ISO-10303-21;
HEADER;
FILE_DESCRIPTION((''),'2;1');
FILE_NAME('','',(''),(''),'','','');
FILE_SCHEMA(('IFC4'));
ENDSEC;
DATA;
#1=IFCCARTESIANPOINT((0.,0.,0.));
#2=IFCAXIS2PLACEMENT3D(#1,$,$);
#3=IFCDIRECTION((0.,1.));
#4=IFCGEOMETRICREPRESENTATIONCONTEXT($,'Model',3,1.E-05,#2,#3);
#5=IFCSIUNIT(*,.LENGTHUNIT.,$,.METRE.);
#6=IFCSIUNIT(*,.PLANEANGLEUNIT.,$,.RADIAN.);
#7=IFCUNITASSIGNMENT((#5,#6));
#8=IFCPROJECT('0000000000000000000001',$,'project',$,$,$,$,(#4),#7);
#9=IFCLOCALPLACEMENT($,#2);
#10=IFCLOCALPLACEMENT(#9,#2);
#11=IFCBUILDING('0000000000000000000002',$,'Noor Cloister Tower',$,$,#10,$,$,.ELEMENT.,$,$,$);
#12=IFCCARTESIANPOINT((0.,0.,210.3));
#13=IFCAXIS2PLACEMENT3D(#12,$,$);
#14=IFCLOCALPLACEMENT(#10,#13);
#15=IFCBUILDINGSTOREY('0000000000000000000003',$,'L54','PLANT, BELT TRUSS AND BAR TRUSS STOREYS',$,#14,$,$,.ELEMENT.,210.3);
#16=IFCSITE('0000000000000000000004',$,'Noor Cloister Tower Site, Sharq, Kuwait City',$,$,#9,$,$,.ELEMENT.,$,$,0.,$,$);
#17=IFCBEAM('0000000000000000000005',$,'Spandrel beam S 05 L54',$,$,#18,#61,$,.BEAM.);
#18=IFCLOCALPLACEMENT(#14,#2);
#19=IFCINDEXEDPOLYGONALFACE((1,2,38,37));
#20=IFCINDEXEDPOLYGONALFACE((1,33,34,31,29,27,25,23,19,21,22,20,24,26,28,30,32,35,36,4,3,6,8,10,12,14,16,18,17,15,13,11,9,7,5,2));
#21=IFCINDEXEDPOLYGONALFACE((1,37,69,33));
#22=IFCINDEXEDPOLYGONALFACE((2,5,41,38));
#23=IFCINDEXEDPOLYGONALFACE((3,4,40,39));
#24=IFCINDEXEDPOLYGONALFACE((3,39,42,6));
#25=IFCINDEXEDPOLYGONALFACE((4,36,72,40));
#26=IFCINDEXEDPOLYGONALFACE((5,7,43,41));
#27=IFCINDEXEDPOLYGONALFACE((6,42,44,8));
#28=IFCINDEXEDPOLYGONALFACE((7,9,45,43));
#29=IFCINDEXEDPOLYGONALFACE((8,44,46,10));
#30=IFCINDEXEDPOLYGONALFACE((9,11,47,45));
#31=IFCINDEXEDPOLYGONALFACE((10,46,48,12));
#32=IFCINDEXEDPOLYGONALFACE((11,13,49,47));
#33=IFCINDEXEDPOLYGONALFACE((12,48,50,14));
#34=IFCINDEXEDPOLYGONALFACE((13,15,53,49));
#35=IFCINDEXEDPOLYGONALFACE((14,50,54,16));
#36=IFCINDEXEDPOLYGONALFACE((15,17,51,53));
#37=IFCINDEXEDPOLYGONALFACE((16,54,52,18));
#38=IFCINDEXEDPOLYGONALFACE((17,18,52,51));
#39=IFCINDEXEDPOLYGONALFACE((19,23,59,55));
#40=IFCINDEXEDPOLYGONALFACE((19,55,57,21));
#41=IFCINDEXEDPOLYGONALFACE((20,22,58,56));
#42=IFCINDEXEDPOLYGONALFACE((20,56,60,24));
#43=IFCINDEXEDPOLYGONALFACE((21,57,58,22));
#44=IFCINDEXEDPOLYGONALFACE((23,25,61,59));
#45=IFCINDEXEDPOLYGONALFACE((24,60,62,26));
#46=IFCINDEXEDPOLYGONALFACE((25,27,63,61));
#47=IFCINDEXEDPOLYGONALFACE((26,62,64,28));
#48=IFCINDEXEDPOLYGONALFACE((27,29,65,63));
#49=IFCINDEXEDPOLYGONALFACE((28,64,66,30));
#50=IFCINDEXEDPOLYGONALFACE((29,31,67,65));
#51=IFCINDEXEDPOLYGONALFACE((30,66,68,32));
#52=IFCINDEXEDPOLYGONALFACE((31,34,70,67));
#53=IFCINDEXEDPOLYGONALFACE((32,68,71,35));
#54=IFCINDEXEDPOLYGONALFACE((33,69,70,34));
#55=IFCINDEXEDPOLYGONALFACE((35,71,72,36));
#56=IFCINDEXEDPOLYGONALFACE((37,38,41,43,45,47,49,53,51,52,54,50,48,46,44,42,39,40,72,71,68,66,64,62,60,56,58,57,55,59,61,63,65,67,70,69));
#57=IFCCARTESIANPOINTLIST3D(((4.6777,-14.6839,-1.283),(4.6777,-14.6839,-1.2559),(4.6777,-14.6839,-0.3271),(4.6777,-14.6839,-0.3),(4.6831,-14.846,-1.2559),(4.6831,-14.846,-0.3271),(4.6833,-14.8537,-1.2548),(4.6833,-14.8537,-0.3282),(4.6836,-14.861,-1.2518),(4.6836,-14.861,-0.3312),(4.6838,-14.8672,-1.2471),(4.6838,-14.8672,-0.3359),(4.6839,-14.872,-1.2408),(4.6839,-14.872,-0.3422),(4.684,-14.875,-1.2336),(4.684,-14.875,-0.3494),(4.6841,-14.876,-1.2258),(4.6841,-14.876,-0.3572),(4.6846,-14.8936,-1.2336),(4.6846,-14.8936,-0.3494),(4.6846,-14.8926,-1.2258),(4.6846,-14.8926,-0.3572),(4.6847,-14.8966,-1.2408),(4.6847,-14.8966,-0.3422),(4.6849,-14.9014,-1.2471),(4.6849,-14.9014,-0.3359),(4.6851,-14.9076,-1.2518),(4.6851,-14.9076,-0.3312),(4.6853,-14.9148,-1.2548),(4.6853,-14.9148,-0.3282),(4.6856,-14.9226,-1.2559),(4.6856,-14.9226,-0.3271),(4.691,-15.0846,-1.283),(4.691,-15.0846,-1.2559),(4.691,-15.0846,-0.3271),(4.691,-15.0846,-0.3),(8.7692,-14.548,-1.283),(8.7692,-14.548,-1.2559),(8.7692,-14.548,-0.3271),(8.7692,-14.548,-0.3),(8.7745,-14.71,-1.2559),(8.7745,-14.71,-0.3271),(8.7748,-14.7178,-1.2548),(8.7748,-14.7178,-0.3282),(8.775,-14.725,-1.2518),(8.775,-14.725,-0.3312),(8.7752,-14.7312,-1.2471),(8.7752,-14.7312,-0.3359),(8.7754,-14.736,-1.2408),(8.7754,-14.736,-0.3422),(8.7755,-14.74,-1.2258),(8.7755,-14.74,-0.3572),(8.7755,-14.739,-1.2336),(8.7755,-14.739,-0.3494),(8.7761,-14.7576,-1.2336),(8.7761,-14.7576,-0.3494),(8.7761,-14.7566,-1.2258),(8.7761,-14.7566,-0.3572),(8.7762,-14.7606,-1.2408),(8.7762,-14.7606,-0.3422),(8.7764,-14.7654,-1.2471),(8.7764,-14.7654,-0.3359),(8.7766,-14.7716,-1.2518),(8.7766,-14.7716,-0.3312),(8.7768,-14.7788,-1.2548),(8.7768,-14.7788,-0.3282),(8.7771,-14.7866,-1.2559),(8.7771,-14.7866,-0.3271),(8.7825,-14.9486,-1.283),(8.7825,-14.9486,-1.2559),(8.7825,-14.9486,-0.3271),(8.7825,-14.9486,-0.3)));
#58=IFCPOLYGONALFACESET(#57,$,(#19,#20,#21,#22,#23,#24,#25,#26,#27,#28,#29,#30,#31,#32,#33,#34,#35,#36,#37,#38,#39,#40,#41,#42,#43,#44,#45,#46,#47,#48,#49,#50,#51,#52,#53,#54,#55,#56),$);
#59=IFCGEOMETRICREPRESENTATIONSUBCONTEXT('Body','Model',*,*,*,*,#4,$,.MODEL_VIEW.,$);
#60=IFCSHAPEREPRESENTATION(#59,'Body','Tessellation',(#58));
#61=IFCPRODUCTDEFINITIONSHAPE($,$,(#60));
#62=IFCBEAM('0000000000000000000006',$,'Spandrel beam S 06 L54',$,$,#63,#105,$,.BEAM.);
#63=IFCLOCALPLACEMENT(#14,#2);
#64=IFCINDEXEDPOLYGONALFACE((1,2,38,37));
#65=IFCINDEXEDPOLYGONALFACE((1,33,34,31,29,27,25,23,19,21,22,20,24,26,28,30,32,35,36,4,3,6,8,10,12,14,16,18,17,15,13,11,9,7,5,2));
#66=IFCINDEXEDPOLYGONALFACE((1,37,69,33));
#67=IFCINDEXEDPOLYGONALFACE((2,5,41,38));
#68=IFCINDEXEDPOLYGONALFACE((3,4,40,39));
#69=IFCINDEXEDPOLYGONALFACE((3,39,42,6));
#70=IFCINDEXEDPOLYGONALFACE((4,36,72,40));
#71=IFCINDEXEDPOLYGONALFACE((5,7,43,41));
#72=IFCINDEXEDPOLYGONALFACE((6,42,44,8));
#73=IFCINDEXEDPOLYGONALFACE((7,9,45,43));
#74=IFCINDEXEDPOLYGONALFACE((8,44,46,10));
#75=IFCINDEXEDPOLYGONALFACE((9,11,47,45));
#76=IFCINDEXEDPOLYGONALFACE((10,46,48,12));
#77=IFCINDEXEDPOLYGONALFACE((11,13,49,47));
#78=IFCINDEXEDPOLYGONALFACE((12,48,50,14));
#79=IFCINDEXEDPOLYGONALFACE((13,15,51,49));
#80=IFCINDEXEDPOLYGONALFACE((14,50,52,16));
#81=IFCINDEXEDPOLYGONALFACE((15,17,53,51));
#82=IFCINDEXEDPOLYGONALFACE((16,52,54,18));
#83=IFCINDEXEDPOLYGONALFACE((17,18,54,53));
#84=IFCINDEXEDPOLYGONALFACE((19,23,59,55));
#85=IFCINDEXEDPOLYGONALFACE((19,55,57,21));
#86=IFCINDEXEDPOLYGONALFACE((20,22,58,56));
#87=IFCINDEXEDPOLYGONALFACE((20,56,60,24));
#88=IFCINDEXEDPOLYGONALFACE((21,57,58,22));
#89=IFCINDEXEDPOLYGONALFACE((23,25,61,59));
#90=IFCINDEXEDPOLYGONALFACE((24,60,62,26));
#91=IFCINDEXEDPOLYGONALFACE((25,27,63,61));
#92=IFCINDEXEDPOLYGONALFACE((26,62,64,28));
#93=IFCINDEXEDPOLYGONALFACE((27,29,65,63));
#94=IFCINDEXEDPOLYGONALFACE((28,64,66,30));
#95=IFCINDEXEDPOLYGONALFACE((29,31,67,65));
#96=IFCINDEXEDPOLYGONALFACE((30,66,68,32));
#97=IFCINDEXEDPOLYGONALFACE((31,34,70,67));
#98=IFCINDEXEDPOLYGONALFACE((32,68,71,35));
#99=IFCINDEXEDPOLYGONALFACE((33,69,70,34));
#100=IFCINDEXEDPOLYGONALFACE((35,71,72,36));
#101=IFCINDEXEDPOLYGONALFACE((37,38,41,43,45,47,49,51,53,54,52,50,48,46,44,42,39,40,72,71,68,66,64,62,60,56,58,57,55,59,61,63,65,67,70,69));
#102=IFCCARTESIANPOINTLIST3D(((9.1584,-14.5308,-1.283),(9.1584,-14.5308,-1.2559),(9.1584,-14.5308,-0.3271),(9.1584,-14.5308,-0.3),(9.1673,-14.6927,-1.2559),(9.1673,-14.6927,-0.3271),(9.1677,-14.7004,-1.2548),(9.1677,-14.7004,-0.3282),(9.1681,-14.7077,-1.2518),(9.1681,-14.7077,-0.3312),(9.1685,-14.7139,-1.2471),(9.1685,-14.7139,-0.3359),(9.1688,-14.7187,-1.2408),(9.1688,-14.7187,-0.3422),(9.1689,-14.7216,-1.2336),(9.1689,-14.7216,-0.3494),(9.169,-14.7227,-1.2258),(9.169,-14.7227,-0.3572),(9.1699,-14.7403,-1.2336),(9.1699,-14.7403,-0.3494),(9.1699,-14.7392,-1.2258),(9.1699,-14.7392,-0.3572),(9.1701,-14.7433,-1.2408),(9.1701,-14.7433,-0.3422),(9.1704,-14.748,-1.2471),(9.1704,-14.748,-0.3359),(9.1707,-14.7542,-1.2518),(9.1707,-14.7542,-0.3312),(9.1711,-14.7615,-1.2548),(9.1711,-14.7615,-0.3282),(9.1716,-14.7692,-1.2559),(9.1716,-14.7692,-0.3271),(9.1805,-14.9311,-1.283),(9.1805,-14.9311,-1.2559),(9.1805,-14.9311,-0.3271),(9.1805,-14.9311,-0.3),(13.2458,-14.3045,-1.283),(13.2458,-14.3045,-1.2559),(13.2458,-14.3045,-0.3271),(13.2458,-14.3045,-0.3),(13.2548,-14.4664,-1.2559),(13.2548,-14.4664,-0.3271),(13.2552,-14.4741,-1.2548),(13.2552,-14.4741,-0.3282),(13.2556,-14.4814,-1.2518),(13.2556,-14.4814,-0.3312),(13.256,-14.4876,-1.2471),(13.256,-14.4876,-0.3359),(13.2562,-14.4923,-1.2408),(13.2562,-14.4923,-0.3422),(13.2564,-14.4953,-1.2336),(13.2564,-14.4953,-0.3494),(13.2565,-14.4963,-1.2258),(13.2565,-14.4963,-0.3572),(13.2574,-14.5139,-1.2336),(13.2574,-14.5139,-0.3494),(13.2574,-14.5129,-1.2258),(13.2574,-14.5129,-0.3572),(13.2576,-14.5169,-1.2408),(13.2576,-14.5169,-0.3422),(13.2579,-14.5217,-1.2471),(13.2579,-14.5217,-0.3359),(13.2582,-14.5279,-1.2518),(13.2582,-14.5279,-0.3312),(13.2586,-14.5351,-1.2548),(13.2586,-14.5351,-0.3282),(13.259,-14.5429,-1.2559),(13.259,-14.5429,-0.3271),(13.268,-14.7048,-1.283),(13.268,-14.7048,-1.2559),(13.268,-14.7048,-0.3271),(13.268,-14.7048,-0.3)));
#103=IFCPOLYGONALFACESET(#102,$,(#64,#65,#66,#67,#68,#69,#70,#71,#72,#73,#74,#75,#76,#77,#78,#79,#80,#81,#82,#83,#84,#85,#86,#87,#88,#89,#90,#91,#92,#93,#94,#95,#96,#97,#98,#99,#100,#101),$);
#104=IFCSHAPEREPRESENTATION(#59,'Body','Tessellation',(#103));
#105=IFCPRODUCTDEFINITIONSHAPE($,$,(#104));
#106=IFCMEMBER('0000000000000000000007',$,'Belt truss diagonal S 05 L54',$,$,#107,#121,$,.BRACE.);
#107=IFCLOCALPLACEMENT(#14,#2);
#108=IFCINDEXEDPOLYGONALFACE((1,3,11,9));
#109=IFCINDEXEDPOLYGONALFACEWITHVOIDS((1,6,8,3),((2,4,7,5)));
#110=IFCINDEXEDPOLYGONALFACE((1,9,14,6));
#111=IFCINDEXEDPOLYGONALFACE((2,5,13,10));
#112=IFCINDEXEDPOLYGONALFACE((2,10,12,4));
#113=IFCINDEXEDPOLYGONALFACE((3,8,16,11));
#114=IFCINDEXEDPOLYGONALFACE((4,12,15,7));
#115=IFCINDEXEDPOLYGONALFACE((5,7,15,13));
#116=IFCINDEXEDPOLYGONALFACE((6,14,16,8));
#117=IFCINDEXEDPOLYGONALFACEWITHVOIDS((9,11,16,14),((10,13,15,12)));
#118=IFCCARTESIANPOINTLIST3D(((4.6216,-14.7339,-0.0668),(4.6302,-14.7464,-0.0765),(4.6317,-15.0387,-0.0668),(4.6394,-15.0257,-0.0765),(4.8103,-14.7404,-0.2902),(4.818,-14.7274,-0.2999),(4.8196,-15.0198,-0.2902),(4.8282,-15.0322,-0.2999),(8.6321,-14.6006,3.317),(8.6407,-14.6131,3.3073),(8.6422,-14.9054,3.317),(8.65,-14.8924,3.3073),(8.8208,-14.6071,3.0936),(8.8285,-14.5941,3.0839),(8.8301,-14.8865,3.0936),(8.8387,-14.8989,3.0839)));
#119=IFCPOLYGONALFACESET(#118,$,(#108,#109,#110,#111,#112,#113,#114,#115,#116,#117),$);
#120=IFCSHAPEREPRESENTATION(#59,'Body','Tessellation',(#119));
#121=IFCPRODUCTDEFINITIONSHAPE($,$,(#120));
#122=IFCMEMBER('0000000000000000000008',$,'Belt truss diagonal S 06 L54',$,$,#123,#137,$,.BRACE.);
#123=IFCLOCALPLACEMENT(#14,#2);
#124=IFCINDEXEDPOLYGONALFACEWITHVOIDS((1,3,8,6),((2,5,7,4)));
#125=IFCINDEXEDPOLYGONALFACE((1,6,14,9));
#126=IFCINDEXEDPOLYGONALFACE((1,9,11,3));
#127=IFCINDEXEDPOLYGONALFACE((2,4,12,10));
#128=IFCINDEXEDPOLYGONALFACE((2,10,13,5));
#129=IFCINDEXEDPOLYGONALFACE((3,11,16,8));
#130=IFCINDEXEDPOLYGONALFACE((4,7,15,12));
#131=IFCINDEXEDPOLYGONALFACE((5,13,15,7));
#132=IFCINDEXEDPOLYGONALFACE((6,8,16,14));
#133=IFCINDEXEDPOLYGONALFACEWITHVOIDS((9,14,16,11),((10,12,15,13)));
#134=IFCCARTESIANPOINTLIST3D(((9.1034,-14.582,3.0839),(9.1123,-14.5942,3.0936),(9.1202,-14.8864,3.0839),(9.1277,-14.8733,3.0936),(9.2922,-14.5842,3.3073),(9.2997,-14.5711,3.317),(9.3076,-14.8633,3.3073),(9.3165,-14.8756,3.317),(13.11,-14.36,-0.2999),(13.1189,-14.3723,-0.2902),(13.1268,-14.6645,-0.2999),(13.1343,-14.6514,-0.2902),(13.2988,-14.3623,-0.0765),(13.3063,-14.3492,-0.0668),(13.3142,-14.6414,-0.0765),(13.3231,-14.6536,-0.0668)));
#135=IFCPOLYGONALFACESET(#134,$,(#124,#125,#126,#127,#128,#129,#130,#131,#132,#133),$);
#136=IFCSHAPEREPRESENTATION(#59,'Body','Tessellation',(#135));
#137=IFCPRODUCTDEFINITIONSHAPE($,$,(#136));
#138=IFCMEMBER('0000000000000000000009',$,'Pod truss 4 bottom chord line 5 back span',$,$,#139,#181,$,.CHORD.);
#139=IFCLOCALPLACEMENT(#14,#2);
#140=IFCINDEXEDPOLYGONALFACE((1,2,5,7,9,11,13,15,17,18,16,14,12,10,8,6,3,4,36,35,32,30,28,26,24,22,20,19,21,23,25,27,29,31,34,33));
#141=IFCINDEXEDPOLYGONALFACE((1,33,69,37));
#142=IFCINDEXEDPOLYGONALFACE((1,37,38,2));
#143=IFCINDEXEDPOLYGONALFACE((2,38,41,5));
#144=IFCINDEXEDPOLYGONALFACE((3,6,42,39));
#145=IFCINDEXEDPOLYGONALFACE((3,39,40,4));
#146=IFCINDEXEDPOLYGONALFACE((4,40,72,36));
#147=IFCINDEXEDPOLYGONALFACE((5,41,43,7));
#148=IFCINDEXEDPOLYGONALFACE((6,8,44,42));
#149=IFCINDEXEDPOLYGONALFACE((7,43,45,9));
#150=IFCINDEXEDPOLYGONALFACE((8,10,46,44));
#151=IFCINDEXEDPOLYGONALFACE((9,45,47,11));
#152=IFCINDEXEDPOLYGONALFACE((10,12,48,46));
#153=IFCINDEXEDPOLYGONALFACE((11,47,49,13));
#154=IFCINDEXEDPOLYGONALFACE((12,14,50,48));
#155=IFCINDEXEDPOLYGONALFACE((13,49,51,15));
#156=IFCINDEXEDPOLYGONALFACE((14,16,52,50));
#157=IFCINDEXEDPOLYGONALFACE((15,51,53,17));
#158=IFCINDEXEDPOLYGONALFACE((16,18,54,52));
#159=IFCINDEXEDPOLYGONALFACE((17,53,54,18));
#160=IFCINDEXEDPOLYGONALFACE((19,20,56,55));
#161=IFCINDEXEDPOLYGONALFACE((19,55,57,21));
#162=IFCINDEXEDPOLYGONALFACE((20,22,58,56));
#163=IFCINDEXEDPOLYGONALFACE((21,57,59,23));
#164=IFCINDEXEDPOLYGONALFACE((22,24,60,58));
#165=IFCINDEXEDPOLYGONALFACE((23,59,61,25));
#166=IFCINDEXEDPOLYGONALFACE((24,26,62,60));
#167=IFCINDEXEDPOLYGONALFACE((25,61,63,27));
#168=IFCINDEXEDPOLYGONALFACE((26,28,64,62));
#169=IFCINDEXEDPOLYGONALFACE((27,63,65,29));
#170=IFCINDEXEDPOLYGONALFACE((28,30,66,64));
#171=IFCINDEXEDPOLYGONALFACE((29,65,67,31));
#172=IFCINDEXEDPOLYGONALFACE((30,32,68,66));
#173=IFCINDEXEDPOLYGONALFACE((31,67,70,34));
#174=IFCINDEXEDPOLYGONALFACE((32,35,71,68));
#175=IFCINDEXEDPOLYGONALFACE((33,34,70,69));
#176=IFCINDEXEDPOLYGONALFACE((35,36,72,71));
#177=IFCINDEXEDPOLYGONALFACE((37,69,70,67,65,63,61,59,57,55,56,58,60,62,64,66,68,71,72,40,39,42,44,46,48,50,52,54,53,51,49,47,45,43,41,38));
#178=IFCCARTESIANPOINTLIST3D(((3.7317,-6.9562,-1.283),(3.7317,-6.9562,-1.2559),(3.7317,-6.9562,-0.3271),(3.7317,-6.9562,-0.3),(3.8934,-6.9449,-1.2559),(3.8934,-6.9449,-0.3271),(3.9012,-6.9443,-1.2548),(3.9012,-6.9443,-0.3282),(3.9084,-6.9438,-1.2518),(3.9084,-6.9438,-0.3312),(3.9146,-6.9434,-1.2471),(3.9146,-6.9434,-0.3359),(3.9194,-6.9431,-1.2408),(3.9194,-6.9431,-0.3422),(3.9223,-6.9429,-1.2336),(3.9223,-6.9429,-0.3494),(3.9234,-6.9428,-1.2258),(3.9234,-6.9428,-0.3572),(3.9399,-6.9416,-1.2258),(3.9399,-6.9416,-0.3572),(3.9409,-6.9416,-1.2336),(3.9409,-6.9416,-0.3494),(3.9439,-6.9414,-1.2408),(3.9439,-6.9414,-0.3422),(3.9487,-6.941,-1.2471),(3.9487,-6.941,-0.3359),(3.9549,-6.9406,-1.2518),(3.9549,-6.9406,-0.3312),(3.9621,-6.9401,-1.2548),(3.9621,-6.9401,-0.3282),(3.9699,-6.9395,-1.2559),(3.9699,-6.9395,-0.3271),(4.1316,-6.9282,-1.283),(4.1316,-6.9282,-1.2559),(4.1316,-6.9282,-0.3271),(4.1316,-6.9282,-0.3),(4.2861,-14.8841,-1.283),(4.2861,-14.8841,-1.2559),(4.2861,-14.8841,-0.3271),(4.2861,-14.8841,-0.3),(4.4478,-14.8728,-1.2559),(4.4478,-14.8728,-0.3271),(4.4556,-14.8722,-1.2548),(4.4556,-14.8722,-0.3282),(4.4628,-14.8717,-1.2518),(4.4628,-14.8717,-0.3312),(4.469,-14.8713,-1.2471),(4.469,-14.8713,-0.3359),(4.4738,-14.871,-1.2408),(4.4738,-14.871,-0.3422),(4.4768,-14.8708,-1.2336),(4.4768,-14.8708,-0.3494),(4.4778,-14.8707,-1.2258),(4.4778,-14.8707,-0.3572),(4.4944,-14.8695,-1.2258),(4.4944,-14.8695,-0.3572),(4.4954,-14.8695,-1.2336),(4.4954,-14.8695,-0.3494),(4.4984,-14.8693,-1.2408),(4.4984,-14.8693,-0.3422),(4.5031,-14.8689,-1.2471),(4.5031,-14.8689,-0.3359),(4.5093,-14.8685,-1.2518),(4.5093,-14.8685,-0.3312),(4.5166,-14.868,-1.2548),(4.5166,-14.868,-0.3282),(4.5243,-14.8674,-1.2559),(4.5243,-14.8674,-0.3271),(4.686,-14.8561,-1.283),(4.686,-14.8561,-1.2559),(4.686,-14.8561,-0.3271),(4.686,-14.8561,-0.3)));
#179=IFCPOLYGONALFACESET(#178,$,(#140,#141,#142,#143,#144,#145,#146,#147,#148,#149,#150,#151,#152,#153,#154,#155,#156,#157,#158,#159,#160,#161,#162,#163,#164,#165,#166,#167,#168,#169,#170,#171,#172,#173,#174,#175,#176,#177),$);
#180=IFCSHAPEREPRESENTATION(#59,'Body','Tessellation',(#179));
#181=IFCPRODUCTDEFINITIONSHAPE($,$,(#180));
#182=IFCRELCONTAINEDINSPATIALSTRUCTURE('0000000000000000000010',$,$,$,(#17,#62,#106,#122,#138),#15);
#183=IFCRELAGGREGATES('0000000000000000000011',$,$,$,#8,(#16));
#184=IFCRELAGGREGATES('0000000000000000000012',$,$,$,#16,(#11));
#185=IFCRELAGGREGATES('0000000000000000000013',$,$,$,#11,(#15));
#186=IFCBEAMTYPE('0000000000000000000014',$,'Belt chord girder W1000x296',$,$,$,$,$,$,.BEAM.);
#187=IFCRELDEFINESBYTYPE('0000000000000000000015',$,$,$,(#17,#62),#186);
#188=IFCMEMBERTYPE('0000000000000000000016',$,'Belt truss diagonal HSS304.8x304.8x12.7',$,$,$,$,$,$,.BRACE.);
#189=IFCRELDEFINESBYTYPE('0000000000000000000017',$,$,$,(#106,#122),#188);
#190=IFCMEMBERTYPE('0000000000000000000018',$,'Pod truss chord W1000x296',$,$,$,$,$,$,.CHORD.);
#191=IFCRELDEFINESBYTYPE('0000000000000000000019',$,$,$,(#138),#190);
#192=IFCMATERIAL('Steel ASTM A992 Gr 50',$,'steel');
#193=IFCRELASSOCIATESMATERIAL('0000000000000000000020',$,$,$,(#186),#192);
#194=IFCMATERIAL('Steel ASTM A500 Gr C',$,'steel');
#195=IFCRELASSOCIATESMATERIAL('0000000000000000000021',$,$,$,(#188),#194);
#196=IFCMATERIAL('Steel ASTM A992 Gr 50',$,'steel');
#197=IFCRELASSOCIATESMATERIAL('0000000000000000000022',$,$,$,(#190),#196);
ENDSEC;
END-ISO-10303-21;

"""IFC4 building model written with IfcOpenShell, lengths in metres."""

from ifc_helpers import new_model, si_unit, direction, frame, origin, origin_2d, place, context, subcontext, project, spatial, hollow_rectangle, i_section, extrude, material, material_profile, profile_set, type_object, element, save


model = new_model("IFC4")

# Units and contexts
model_context = context("Model", 3, precision=1e-05, world=origin(), true_north=direction((0.0, 1.0)))
body_context = subcontext(model_context, "Body", "Model", "MODEL_VIEW")
ifc_project = project(units=[si_unit("LENGTHUNIT", "METRE"), si_unit("PLANEANGLEUNIT", "RADIAN")], contexts=[model_context])

# Site, building, storey
site_placement = place(None, origin())
site = spatial("IfcSite", under=ifc_project, at=site_placement, Name="Noor Cloister Tower Site, Sharq, Kuwait City", CompositionType="ELEMENT", RefElevation=0.0)
building_placement = place(site_placement, origin())
building = spatial("IfcBuilding", under=site, at=building_placement, Name="Noor Cloister Tower", CompositionType="ELEMENT")
storey_placement = place(building_placement, frame((0.0, 0.0, 210.3)))
storey = spatial("IfcBuildingStorey", under=building, at=storey_placement, Name="L54", Description="PLANT, BELT TRUSS AND BAR TRUSS STOREYS", CompositionType="ELEMENT", Elevation=210.3)

# Beams
ifc_material_1 = material(Name="Steel ASTM A992 Gr 50", Category="steel")
ifc_material_profile_1 = material_profile(ifc_material_1, i_section(OverallWidth=0.4009, OverallDepth=0.9829, WebThickness=0.0166, FlangeThickness=0.0271, FilletRadius=0.03, at=origin_2d()), Name="W1000x296")
ifc_profile_set_1 = profile_set([ifc_material_profile_1], Name="Steel ASTM A992 Gr 50")
beam_type_1 = type_object("IfcBeamType", Name="Belt chord girder W1000x296", PredefinedType="BEAM", material=ifc_profile_set_1)
for number, where, z_axis, x_axis, name in (
    (1, (4.6843, -14.8843, -0.7915), (0.999448, 0.033218, 0.0), (-0.033218, 0.999448, 0.0), "Spandrel beam S 05 L54"),
    (2, (9.1694, -14.731, -0.7915), (0.998471, 0.055285, 0.0), (-0.055285, 0.998471, 0.0), "Spandrel beam S 06 L54"),
):
    element("IfcBeam", number, at=place(storey_placement, frame(where, z_axis=z_axis, x_axis=x_axis)), inside=storey, type_object=beam_type_1, Name=name, PredefinedType="BEAM", context=body_context, shape_type="SweptSolid", body=[
        extrude(i_section(OverallWidth=0.4009, OverallDepth=0.9829, WebThickness=0.0166, FlangeThickness=0.0271, FilletRadius=0.03, at=origin_2d()), origin(), (0.0, 0.0, 1.0), 4.0938),
    ])

# Members
ifc_material_2 = material(Name="Steel ASTM A500 Gr C", Category="steel")
ifc_material_profile_2 = material_profile(ifc_material_2, hollow_rectangle(XDim=0.3049, YDim=0.3049, WallThickness=0.0127, at=origin_2d()), Name="HSS304.8x304.8x12.7")
ifc_profile_set_2 = profile_set([ifc_material_profile_2], Name="Steel ASTM A500 Gr C")
member_type_1 = type_object("IfcMemberType", Name="Belt truss diagonal HSS304.8x304.8x12.7", PredefinedType="BRACE", material=ifc_profile_set_2)
for number, where, z_axis, x_axis, name in (
    (3, (4.7249, -14.8831, -0.1833), (0.764051, 0.025396, 0.644655), (-0.03322, 0.999448, 0.0), "Belt truss diagonal S 05 L54"),
    (4, (13.2166, -14.5068, -0.1833), (-0.763305, -0.042279, 0.644653), (0.055305, -0.99847, 0.0), "Belt truss diagonal S 06 L54"),
):
    element("IfcMember", number, at=place(storey_placement, frame(where, z_axis=z_axis, x_axis=x_axis)), inside=storey, type_object=member_type_1, Name=name, PredefinedType="BRACE", context=body_context, shape_type="SweptSolid", body=[
        extrude(hollow_rectangle(XDim=0.3049, YDim=0.3049, WallThickness=0.0127, at=origin_2d()), origin(), (0.0, 0.0, 1.0), 5.249),
    ])
ifc_material_3 = material(Name="Steel ASTM A992 Gr 50", Category="steel")
ifc_material_profile_3 = material_profile(ifc_material_3, i_section(OverallWidth=0.4009, OverallDepth=0.9829, WebThickness=0.0166, FlangeThickness=0.0271, FilletRadius=0.03, at=origin_2d()), Name="W1000x296")
ifc_profile_set_3 = profile_set([ifc_material_profile_3], Name="Steel ASTM A992 Gr 50")
member_type_2 = type_object("IfcMemberType", Name="Pod truss chord W1000x296", PredefinedType="CHORD", material=ifc_profile_set_3)
member_placement = place(storey_placement, frame((4.4861, -14.8701, -0.7915), z_axis=(-0.069765, 0.997563, 0.0), x_axis=(-0.997563, -0.069765, 0.0)))
element("IfcMember", 5, at=member_placement, inside=storey, type_object=member_type_2, Name="Pod truss 4 bottom chord line 5 back span", PredefinedType="CHORD", context=body_context, shape_type="SweptSolid", body=[
    extrude(i_section(OverallWidth=0.4009, OverallDepth=0.9829, WebThickness=0.0166, FlangeThickness=0.0271, FilletRadius=0.03, at=origin_2d()), origin(), (0.0, 0.0, 1.0), 7.9473),
])

save(model, "model.ifc")
